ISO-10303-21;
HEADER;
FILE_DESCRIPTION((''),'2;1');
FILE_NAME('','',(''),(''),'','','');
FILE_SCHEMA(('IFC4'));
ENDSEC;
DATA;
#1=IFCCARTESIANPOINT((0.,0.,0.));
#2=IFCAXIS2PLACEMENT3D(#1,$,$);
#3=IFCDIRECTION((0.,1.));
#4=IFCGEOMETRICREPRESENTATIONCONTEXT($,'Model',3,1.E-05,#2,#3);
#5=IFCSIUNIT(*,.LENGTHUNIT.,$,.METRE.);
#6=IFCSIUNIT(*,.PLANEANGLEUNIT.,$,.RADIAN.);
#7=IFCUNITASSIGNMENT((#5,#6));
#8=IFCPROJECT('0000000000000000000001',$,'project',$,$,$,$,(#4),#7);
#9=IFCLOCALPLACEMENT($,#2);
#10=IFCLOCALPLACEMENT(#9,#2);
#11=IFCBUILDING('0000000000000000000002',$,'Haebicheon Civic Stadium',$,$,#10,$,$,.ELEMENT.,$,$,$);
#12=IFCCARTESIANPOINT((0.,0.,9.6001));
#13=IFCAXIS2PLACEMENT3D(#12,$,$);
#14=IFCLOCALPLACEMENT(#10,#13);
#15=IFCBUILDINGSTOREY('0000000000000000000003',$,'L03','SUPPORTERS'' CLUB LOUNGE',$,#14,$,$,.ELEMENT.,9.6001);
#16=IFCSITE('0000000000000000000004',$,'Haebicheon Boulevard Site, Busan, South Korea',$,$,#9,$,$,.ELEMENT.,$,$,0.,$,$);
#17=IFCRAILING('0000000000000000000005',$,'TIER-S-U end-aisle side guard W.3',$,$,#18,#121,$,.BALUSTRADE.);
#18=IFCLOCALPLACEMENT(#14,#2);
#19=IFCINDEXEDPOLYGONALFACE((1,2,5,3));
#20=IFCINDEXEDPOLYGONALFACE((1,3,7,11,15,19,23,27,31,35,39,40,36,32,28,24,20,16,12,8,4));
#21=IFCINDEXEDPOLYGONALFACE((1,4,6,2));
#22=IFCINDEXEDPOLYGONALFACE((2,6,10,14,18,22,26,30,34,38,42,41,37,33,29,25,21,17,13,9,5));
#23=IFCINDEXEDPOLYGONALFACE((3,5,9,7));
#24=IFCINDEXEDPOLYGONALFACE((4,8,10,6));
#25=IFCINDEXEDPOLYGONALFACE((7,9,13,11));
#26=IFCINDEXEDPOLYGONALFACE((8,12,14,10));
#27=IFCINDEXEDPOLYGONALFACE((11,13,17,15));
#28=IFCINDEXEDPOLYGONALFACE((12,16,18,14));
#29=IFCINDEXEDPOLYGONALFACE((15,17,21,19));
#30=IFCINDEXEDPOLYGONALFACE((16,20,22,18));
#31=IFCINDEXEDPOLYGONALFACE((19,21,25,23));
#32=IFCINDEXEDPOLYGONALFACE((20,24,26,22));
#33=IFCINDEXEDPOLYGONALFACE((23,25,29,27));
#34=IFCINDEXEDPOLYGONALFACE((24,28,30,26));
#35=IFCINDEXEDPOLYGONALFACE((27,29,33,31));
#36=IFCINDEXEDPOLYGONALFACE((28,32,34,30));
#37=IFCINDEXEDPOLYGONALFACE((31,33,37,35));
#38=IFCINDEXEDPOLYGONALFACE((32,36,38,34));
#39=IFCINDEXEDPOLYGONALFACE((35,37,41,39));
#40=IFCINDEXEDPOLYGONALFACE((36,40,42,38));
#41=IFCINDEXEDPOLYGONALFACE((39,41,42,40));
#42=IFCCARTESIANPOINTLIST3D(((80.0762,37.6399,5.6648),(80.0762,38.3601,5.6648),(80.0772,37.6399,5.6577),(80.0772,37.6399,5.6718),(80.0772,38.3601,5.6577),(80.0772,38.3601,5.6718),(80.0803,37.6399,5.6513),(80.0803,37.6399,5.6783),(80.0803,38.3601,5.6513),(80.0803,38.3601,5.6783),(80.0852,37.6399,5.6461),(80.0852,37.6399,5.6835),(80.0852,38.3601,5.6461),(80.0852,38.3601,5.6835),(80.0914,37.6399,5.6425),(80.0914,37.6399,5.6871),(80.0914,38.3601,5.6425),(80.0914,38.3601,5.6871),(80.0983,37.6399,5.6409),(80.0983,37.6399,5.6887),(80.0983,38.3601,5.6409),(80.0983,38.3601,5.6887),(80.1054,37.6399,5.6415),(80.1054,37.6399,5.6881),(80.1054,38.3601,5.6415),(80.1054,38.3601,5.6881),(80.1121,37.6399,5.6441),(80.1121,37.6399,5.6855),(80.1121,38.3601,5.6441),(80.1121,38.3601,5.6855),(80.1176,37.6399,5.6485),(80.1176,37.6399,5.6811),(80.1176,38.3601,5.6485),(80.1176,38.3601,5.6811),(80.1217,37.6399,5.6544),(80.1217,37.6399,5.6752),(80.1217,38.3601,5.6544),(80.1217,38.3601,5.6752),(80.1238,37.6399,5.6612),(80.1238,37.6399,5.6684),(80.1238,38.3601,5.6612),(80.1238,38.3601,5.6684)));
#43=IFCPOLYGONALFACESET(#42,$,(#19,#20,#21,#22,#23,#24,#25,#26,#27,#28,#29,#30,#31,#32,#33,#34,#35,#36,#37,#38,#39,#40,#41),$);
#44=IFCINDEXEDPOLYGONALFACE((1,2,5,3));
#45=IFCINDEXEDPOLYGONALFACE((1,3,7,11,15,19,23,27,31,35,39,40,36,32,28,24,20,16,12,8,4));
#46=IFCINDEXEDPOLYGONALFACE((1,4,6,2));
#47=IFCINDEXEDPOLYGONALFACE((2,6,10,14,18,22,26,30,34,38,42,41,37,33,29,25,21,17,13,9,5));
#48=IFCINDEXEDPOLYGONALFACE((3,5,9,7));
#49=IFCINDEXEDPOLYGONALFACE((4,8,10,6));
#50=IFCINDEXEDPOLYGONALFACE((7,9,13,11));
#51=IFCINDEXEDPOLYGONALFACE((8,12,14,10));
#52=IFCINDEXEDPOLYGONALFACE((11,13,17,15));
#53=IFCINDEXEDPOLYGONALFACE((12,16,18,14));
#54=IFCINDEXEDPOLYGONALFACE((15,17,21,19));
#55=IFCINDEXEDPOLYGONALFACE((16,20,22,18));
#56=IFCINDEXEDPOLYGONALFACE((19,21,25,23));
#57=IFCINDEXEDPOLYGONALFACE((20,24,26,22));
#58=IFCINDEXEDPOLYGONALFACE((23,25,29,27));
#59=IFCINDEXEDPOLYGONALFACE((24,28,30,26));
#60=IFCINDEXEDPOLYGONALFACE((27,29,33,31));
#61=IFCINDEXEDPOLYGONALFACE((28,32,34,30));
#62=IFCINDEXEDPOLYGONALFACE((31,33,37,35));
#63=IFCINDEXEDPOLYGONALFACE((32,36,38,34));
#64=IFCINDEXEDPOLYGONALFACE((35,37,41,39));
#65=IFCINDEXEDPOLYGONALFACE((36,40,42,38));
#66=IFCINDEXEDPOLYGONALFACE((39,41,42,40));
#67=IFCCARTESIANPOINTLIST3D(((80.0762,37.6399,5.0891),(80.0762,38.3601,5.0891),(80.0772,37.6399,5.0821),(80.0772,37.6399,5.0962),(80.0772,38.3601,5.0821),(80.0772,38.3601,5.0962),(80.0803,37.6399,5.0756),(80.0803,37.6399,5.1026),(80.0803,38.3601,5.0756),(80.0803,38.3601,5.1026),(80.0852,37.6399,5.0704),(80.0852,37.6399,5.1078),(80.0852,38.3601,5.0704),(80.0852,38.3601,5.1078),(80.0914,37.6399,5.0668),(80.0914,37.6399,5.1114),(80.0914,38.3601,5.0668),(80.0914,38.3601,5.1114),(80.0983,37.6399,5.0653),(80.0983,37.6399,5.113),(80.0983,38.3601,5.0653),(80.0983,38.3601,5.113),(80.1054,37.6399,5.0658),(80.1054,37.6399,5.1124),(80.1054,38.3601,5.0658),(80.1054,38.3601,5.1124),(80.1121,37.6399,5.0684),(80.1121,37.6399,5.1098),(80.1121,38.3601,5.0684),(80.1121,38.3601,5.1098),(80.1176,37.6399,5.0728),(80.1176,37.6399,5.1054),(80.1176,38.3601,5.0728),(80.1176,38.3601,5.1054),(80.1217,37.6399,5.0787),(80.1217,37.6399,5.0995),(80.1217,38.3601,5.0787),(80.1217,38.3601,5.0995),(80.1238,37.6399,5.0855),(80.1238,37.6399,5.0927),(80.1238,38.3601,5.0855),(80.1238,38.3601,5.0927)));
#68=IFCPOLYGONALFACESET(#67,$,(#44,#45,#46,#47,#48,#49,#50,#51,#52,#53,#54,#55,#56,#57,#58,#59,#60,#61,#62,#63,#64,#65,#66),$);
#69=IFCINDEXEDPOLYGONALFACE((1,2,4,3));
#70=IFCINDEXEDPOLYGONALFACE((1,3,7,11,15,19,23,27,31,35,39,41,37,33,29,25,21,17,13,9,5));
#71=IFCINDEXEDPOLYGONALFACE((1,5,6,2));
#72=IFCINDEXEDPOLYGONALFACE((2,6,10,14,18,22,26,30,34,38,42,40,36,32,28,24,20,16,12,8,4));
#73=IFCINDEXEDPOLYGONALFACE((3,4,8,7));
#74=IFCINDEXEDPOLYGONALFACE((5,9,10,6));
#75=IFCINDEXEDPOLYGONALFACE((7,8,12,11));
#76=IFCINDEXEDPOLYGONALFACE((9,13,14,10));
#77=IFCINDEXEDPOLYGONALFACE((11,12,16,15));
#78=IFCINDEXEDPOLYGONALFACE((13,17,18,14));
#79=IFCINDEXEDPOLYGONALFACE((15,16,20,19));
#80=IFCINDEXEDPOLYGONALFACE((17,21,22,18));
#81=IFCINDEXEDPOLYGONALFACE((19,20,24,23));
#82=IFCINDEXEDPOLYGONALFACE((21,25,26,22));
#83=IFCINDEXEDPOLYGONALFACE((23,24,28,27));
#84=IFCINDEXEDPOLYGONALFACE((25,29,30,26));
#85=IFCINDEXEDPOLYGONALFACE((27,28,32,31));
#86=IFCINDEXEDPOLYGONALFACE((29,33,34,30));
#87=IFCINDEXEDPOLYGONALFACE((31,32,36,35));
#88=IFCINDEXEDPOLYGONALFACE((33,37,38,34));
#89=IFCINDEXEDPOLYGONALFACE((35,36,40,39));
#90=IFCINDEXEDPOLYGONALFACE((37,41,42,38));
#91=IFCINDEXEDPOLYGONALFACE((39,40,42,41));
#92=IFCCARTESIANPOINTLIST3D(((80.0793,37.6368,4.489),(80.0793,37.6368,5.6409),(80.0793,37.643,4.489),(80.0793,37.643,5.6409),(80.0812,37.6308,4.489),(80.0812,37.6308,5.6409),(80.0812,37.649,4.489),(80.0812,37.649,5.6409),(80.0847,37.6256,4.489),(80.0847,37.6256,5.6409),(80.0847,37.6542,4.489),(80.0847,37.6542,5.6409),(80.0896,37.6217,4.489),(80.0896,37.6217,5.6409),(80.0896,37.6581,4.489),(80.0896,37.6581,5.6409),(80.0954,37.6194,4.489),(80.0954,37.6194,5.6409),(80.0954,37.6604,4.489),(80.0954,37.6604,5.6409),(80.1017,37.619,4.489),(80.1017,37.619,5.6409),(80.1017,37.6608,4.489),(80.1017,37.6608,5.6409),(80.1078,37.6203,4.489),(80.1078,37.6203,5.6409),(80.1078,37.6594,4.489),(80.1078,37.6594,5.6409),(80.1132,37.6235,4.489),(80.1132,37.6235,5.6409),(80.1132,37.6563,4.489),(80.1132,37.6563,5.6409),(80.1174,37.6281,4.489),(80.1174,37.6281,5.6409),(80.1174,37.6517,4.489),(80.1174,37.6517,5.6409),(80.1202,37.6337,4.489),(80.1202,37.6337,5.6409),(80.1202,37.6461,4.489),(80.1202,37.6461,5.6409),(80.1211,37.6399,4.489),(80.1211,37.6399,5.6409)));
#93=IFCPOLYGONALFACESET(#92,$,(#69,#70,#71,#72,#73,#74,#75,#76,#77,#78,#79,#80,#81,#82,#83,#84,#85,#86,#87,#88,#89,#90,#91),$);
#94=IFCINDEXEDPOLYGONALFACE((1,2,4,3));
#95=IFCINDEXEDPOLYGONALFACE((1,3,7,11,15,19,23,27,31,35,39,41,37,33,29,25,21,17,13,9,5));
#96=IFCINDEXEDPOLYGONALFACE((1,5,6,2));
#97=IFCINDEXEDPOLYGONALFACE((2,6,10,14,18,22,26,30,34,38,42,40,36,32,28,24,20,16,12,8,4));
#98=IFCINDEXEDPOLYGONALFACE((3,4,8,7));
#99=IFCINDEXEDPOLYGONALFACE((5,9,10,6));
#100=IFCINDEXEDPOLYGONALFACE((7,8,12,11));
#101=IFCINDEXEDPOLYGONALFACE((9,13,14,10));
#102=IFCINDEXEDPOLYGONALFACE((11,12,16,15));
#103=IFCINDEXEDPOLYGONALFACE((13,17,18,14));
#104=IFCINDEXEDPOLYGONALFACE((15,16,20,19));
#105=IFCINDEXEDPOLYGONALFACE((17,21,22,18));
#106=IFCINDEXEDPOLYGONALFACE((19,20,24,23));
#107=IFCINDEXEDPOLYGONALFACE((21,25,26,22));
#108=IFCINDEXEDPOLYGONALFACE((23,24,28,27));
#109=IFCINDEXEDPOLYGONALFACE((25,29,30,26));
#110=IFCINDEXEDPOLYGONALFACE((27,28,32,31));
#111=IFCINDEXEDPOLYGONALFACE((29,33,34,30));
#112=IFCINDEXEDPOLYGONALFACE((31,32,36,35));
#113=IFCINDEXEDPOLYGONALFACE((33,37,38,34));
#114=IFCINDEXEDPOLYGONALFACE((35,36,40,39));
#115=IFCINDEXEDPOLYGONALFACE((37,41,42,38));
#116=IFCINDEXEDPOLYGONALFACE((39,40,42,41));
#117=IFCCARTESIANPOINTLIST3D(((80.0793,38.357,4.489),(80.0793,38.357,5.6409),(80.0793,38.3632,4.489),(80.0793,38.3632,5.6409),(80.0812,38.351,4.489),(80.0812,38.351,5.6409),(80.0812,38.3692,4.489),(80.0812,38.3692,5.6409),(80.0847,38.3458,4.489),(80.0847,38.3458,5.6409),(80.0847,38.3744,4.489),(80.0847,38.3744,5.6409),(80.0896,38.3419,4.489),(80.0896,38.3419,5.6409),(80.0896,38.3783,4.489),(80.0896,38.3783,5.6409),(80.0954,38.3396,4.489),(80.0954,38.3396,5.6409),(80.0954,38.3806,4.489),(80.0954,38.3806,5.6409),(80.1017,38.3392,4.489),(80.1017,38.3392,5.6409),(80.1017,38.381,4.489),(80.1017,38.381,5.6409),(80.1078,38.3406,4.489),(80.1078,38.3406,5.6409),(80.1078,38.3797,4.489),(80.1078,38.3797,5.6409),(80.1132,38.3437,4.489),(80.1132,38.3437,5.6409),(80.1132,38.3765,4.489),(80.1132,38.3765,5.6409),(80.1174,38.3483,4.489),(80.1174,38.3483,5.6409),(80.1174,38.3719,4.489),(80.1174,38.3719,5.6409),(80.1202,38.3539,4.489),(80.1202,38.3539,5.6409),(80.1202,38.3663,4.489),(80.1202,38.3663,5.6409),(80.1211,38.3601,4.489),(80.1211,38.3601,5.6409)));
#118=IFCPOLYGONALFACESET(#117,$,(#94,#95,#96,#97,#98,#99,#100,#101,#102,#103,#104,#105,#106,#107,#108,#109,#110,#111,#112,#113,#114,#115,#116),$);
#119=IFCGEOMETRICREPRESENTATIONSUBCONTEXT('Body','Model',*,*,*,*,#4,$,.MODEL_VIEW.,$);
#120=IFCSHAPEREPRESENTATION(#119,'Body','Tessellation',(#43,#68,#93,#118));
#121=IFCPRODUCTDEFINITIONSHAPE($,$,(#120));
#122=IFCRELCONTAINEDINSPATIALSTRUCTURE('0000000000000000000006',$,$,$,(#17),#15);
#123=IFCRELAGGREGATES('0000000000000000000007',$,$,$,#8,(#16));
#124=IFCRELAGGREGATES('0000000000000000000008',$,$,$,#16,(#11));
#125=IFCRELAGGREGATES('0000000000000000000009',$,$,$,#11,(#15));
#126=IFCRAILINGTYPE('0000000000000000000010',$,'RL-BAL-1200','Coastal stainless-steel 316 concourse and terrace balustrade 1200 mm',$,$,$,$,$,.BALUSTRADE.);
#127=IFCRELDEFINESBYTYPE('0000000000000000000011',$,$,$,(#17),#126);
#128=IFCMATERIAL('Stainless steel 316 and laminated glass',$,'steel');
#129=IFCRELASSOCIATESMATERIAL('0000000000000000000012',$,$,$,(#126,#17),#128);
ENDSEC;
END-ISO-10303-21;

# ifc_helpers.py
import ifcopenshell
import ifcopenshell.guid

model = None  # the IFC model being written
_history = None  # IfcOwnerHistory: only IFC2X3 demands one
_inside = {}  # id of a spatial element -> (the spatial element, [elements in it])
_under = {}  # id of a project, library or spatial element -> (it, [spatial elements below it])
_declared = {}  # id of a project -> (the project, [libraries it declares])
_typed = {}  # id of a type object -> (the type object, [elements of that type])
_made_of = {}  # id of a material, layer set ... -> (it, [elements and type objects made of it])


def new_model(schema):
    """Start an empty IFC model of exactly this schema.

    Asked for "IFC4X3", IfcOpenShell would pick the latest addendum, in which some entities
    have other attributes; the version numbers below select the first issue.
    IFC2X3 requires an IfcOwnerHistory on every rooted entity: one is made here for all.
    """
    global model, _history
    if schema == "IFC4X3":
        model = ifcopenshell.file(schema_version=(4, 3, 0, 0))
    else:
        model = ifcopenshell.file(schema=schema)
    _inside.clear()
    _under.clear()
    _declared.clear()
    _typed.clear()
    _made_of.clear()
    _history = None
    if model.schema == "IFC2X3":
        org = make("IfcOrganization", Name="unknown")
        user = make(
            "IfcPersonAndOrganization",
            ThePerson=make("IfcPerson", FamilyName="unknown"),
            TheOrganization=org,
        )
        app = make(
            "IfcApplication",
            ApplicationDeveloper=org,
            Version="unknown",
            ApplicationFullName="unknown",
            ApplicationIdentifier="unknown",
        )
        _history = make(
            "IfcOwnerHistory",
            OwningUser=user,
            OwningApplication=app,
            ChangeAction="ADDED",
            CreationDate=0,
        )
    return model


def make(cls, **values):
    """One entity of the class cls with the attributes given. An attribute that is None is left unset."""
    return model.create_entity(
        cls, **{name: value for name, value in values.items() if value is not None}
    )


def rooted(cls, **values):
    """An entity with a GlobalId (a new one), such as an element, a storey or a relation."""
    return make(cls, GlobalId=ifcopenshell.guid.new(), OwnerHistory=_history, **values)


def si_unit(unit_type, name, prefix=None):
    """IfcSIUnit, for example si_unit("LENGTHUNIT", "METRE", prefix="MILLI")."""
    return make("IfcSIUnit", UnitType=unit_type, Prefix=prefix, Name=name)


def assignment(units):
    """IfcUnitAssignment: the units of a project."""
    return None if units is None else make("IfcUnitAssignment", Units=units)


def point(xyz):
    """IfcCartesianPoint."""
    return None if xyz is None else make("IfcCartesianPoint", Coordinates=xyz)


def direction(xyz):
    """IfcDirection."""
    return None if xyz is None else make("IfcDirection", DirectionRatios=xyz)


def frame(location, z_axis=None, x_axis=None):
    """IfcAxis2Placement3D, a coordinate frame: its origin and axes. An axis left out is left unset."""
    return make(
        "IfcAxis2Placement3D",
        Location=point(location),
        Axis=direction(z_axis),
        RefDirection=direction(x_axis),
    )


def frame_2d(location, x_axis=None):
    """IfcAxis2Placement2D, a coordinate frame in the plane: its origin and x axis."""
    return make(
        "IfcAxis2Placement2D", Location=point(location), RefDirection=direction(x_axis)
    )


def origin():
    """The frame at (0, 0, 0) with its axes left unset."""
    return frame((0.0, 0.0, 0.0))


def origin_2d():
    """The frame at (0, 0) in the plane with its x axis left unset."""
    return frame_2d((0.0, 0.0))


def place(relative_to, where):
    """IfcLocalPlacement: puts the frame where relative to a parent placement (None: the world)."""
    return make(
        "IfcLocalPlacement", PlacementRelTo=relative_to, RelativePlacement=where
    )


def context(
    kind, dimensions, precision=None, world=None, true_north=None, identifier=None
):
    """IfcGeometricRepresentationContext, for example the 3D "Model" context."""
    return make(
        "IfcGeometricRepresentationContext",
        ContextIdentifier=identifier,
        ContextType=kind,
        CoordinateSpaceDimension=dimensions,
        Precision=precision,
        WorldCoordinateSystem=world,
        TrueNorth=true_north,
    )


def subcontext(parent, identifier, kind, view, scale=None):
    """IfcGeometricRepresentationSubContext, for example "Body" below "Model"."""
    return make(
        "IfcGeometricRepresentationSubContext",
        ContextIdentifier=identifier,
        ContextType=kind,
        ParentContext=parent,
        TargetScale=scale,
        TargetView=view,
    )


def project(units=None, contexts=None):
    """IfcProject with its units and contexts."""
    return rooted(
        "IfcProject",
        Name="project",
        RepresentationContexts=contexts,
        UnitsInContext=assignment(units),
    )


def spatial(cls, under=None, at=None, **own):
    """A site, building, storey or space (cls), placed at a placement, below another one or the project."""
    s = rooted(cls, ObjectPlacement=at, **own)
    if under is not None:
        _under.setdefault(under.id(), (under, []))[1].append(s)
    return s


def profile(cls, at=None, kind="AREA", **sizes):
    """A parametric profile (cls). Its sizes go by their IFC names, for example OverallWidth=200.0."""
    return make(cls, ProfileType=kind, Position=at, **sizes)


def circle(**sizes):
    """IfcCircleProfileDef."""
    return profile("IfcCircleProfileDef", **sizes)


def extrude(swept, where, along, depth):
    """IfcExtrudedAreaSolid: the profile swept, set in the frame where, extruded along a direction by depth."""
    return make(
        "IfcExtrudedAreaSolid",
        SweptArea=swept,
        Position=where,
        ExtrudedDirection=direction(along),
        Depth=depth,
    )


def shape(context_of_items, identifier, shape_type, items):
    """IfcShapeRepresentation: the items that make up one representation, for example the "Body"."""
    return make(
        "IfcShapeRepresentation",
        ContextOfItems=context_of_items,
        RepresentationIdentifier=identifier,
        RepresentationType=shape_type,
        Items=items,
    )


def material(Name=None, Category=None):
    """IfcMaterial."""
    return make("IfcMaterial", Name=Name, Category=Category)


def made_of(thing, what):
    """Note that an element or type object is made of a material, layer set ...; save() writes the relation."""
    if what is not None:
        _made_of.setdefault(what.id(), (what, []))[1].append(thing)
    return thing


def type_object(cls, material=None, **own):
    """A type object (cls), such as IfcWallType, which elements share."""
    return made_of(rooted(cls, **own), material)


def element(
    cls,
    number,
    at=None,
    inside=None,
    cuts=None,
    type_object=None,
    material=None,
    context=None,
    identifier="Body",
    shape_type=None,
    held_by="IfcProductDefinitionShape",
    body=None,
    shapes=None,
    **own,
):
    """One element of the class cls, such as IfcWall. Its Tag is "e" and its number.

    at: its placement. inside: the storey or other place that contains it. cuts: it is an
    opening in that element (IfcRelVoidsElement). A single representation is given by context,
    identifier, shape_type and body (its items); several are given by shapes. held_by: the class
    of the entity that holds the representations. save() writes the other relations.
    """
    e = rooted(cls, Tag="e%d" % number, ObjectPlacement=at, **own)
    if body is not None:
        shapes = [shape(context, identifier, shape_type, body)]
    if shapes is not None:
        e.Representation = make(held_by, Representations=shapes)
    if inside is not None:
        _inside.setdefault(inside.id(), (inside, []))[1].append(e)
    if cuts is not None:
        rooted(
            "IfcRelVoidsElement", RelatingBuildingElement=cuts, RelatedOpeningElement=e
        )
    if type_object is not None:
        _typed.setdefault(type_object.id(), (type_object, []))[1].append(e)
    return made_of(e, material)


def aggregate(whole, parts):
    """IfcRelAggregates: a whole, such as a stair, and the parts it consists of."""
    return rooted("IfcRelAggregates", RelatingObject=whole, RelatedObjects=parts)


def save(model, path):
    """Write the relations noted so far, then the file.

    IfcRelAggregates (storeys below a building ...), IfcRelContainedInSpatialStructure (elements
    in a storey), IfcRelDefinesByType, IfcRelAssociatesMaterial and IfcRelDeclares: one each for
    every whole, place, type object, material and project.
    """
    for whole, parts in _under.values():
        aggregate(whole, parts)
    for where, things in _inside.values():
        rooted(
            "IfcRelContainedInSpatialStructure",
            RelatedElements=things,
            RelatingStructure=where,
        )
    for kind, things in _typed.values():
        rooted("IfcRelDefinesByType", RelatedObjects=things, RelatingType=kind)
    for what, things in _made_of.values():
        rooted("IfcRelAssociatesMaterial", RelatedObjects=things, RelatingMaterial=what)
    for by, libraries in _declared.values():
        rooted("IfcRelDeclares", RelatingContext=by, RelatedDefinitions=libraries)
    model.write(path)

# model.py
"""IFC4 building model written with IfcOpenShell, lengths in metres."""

from ifc_helpers import new_model, si_unit, direction, frame, origin, origin_2d, place, context, subcontext, project, spatial, circle, extrude, material, type_object, element, save


model = new_model("IFC4")

# Units and contexts
model_context = context("Model", 3, precision=1e-05, world=origin(), true_north=direction((0.0, 1.0)))
body_context = subcontext(model_context, "Body", "Model", "MODEL_VIEW")
ifc_project = project(units=[si_unit("LENGTHUNIT", "METRE"), si_unit("PLANEANGLEUNIT", "RADIAN")], contexts=[model_context])

# Site, building, storey
site_placement = place(None, origin())
site = spatial("IfcSite", under=ifc_project, at=site_placement, Name="Haebicheon Boulevard Site, Busan, South Korea", CompositionType="ELEMENT", RefElevation=0.0)
building_placement = place(site_placement, origin())
building = spatial("IfcBuilding", under=site, at=building_placement, Name="Haebicheon Civic Stadium", CompositionType="ELEMENT")
storey_placement = place(building_placement, frame((0.0, 0.0, 9.6001)))
storey = spatial("IfcBuildingStorey", under=building, at=storey_placement, Name="L03", Description="SUPPORTERS' CLUB LOUNGE", CompositionType="ELEMENT", Elevation=9.6001)

# Railing
ifc_material_1 = material(Name="Stainless steel 316 and laminated glass", Category="steel")
railing_type = type_object("IfcRailingType", Name="RL-BAL-1200", Description="Coastal stainless-steel 316 concourse and terrace balustrade 1200 mm", PredefinedType="BALUSTRADE", material=ifc_material_1)
railing_1_placement = place(storey_placement, frame((80.1001, 37.6399, 4.489)))
element("IfcRailing", 1, at=railing_1_placement, inside=storey, type_object=railing_type, material=ifc_material_1, Name="TIER-S-U end-aisle side guard W.3", PredefinedType="BALUSTRADE", context=body_context, shape_type="SweptSolid", body=[
    extrude(circle(Radius=0.0239, at=origin_2d()), frame((0.0, 0.0, 1.1758), z_axis=(0.0, 1.0, 0.0), x_axis=(-1.0, 0.0, 0.0)), (0.0, 0.0, 1.0), 0.7202),
    extrude(circle(Radius=0.0239, at=origin_2d()), frame((0.0, 0.0, 0.6001), z_axis=(0.0, 1.0, 0.0), x_axis=(-1.0, 0.0, 0.0)), (0.0, 0.0, 1.0), 0.7202),
    extrude(circle(Radius=0.021, at=origin_2d()), origin(), (0.0, 0.0, 1.0), 1.1519),
    extrude(circle(Radius=0.021, at=origin_2d()), frame((0.0, 0.7202, 0.0)), (0.0, 0.0, 1.0), 1.1519),
])

save(model, "model.ifc")
